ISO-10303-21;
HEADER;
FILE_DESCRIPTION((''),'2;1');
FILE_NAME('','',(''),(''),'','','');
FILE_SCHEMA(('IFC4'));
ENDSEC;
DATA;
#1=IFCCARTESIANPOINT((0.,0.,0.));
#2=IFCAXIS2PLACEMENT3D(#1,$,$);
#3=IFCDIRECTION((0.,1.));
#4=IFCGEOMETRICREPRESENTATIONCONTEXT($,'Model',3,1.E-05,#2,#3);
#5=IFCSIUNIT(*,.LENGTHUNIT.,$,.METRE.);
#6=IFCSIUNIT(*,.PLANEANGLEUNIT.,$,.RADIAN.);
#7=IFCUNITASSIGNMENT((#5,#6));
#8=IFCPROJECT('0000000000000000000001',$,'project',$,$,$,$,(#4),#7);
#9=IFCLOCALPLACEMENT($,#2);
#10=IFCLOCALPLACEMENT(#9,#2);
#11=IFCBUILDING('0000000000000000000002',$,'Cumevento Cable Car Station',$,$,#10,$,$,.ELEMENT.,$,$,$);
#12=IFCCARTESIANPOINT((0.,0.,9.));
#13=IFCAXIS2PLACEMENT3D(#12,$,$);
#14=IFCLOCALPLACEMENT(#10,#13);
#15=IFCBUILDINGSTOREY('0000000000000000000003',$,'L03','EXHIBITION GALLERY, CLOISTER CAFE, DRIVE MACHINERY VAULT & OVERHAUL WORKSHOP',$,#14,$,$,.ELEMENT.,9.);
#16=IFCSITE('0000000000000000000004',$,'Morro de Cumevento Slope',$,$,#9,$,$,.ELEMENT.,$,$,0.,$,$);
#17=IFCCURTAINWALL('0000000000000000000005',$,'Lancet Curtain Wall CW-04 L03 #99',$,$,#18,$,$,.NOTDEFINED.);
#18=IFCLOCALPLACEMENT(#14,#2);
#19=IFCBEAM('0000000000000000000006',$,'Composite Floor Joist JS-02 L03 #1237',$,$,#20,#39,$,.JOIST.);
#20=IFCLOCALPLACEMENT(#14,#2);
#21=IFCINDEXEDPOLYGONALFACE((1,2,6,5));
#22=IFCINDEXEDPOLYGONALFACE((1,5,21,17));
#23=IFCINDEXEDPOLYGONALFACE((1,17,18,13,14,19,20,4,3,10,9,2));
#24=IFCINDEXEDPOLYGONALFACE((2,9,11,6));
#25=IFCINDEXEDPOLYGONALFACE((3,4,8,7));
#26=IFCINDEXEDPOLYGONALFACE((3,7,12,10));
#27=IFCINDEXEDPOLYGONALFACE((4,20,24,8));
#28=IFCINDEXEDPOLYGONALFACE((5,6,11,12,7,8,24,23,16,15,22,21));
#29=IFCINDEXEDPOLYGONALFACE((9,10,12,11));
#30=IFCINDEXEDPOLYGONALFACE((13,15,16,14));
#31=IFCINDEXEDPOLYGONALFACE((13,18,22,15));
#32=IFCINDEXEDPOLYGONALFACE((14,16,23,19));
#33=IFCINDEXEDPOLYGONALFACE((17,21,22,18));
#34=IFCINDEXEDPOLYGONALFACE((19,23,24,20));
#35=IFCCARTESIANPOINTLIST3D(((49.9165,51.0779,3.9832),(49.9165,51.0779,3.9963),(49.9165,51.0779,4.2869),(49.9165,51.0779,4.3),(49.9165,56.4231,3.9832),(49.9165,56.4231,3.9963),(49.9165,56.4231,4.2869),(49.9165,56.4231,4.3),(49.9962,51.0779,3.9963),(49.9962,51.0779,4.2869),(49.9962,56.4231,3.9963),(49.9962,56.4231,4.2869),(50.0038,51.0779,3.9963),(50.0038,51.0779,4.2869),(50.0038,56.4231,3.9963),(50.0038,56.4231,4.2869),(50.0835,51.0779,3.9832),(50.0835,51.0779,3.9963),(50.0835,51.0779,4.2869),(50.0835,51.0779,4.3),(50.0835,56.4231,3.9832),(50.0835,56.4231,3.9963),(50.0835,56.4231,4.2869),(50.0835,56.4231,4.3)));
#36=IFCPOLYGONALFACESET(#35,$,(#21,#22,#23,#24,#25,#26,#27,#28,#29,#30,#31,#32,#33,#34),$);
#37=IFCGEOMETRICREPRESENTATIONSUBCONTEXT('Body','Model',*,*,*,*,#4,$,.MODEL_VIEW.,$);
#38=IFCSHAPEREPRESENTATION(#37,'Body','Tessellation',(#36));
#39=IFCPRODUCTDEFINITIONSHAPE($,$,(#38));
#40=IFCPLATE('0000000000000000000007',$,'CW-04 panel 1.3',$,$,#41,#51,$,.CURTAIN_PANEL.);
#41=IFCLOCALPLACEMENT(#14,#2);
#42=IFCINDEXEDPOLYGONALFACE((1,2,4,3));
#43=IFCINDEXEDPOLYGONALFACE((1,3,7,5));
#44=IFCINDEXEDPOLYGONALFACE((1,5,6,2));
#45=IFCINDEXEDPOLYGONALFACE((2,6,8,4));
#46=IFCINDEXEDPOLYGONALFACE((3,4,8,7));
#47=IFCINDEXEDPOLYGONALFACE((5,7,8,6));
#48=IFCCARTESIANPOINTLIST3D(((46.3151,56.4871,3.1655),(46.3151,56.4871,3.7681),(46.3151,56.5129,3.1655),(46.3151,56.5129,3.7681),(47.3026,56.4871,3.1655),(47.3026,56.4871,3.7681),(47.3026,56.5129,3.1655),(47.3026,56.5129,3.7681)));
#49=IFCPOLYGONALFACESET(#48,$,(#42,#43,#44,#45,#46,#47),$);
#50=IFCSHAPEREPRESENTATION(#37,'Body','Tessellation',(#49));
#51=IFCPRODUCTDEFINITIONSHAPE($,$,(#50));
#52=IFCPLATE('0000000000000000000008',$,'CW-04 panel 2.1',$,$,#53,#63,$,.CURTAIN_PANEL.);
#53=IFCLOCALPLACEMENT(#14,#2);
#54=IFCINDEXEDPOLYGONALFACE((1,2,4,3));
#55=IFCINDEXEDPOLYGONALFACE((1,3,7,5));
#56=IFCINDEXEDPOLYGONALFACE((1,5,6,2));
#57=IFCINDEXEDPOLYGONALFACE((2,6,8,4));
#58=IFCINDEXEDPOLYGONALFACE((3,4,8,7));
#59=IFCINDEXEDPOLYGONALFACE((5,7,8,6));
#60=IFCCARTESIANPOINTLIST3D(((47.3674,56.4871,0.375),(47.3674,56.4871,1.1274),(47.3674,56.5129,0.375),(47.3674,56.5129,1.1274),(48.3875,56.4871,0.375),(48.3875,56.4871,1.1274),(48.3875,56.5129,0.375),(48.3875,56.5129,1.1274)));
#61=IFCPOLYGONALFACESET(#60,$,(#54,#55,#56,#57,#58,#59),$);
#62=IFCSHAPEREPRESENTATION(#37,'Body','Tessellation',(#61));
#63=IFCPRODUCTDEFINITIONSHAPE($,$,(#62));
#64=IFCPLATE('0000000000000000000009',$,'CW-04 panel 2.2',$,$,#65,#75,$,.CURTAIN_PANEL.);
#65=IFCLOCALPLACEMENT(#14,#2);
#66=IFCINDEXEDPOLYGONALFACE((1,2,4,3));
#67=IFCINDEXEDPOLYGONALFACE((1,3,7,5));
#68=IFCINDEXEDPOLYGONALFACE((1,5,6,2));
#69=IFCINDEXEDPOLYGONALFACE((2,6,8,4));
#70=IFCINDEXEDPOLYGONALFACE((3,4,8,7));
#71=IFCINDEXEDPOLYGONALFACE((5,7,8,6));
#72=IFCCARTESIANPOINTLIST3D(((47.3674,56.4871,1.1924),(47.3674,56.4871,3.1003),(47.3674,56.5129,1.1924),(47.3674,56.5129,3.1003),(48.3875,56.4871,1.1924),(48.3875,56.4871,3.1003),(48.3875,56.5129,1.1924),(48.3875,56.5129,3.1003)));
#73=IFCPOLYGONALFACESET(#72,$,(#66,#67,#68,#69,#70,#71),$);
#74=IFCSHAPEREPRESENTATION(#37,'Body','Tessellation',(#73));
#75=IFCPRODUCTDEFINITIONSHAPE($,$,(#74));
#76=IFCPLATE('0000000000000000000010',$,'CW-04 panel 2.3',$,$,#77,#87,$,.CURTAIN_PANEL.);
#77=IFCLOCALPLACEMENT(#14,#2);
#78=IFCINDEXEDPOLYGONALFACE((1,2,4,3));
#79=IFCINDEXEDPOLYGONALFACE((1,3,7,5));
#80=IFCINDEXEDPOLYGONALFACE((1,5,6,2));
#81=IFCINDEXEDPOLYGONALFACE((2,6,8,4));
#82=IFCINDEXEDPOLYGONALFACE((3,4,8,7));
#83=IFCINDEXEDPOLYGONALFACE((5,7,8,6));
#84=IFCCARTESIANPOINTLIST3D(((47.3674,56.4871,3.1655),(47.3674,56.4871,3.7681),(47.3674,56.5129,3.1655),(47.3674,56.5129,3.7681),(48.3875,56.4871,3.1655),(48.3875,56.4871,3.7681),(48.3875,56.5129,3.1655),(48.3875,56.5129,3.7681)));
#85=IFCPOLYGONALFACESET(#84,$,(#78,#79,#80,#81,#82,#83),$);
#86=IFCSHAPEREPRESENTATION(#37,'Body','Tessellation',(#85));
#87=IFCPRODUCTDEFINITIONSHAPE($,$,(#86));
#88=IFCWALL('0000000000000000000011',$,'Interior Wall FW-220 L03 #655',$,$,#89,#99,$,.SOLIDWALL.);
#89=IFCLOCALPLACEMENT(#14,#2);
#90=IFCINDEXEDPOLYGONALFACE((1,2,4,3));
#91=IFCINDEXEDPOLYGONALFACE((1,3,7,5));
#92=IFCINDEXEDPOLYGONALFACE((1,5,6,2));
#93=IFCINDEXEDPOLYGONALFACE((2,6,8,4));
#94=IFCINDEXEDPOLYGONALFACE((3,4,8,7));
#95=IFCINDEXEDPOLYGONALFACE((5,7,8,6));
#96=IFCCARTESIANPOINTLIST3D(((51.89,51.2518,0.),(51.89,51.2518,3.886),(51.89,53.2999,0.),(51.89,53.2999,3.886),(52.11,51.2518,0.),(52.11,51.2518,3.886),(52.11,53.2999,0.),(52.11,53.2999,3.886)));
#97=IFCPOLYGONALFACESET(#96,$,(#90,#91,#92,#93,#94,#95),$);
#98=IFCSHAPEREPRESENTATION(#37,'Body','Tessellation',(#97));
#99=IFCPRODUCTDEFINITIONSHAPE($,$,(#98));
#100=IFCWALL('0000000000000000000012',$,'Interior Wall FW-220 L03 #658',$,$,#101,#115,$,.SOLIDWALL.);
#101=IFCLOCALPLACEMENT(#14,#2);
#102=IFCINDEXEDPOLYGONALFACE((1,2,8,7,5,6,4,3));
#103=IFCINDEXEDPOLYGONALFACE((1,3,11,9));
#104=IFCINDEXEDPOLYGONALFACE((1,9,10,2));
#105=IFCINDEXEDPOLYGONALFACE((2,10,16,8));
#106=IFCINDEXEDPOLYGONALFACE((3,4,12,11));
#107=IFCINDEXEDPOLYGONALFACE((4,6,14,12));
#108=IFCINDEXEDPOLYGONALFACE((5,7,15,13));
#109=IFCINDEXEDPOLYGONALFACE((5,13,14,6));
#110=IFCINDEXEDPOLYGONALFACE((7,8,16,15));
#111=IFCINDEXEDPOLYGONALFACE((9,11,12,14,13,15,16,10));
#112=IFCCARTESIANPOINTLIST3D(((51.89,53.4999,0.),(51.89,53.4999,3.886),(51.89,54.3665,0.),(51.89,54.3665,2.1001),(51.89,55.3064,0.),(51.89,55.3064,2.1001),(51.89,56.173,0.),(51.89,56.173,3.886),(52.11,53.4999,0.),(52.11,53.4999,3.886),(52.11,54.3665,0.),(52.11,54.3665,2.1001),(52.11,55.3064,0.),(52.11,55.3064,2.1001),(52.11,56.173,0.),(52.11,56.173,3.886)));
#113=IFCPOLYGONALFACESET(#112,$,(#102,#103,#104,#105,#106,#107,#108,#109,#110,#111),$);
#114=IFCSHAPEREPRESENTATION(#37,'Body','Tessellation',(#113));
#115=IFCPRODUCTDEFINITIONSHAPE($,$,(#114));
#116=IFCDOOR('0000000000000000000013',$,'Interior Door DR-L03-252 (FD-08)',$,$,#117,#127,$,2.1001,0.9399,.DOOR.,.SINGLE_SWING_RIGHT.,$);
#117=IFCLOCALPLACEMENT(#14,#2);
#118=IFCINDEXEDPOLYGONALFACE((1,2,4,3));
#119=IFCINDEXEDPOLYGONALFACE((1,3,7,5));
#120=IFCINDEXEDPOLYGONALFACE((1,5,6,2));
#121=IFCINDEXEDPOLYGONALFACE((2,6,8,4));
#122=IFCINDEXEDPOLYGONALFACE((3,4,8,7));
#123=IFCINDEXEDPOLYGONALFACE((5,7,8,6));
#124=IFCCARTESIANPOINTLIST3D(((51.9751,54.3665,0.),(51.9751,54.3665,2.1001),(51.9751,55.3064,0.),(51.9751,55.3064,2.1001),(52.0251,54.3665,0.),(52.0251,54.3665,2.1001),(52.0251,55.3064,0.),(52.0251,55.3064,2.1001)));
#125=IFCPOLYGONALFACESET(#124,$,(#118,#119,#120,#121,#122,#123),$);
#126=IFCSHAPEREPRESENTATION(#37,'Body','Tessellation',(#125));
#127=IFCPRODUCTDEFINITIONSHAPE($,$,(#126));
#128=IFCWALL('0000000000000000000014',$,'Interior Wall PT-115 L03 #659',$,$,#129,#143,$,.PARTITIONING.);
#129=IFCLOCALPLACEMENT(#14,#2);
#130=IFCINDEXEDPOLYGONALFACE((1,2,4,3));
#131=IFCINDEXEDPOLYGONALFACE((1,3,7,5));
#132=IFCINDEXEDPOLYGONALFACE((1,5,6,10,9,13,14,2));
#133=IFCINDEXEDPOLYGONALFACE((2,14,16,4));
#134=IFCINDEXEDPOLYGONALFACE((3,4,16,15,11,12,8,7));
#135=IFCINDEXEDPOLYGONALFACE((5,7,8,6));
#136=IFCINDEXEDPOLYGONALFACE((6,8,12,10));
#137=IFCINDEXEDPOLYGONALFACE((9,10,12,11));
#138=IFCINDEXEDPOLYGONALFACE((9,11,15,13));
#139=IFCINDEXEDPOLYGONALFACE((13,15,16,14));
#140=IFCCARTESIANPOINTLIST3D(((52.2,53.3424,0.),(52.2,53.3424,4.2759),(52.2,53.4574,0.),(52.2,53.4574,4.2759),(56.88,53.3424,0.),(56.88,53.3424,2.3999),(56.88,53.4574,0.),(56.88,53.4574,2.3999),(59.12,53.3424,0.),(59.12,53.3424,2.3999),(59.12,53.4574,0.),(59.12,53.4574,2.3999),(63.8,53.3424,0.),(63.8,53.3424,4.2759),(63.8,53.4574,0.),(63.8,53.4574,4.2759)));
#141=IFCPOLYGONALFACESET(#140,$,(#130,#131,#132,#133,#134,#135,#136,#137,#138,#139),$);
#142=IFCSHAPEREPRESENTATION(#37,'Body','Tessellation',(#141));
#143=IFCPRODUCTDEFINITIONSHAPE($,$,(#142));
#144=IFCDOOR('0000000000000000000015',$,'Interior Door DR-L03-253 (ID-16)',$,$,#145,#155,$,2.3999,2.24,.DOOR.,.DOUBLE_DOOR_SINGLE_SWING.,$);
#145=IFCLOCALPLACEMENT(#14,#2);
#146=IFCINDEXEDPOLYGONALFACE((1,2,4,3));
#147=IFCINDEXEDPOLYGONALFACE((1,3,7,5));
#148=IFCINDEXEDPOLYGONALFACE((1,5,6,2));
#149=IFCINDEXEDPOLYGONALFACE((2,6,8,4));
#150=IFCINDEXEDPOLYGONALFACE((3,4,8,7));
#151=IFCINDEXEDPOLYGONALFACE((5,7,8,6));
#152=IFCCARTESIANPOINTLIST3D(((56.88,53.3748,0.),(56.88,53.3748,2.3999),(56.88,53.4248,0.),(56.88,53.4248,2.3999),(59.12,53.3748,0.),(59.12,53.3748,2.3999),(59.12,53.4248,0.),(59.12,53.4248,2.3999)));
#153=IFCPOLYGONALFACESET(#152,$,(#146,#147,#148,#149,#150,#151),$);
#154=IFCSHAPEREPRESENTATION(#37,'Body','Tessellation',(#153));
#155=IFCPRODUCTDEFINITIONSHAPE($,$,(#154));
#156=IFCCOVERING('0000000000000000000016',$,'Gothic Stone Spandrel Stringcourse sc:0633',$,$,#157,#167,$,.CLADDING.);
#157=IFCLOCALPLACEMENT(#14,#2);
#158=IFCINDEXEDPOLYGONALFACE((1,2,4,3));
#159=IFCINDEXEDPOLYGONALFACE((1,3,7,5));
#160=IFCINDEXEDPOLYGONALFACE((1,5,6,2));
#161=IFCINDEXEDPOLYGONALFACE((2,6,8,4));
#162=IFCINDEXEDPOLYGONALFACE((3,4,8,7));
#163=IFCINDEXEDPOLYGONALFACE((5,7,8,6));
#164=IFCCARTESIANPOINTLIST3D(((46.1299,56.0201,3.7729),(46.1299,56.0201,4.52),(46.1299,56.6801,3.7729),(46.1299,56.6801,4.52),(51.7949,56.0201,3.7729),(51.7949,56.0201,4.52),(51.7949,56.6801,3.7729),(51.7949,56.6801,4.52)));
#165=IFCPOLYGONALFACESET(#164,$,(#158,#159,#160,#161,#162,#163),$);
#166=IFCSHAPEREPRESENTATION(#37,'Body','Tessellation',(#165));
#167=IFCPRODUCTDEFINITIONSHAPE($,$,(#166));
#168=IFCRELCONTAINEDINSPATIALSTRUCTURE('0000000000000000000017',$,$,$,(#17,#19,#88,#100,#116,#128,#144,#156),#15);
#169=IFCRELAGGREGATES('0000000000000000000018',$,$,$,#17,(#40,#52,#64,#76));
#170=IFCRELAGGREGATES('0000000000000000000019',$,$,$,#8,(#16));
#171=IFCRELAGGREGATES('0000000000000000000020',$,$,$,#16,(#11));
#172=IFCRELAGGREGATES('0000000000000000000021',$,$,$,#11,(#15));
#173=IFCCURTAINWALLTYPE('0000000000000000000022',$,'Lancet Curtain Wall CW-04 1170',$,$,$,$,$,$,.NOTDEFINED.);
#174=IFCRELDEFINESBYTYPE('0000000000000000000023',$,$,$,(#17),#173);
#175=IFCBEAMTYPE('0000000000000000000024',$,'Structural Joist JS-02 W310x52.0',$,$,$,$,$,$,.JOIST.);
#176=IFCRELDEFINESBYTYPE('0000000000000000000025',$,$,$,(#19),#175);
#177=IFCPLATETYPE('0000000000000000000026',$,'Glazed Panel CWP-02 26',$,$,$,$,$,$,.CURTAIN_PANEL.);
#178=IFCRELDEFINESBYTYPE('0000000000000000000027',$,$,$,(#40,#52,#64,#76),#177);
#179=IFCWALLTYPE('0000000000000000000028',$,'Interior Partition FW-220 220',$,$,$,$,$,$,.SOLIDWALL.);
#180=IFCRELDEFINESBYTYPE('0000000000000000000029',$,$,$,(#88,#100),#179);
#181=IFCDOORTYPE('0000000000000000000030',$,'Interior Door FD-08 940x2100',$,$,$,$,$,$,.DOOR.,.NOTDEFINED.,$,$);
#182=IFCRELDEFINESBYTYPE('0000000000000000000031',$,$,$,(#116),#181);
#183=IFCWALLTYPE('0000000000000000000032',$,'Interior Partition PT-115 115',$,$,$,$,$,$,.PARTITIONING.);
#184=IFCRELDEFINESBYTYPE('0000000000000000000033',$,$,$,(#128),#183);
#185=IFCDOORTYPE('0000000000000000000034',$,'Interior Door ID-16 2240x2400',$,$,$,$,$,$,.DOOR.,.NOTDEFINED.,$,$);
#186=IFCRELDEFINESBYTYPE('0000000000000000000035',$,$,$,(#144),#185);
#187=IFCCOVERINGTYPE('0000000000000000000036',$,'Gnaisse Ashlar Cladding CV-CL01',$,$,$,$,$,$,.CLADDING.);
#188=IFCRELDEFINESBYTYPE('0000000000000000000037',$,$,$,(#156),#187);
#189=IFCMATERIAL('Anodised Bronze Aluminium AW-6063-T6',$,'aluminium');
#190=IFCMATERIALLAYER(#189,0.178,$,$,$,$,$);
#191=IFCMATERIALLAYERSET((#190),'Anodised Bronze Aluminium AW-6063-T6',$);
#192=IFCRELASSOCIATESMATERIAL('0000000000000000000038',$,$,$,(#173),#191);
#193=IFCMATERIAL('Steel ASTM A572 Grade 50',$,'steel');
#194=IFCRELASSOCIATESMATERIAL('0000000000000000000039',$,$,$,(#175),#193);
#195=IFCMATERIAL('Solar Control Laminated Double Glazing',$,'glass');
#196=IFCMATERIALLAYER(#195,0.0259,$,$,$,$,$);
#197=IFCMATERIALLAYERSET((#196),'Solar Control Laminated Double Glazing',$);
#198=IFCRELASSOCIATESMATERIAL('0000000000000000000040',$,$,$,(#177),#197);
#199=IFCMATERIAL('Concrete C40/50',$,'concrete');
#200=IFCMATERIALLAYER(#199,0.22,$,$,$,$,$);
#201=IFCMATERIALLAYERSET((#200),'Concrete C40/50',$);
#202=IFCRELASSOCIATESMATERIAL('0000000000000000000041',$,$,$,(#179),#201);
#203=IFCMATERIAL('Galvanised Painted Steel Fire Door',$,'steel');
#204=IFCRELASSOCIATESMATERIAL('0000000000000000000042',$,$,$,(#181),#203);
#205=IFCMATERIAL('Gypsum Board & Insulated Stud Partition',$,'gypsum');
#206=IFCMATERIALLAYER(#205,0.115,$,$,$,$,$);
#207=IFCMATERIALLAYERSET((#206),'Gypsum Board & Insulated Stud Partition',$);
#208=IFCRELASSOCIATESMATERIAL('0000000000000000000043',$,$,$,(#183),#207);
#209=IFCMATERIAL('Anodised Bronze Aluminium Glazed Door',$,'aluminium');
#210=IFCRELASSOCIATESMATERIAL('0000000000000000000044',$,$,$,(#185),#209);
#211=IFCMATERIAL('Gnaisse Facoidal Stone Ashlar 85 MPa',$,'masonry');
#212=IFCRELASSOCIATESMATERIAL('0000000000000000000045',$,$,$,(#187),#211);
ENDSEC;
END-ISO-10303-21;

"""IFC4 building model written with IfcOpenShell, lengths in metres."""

from ifc_helpers import new_model, si_unit, direction, frame, frame_2d, origin, origin_2d, place, context, subcontext, project, spatial, rectangle, i_section, extrude, material, layer, layer_set, material_profile, profile_set, type_object, element, fill, aggregate, save


model = new_model("IFC4")

# Units and contexts
model_context = context("Model", 3, precision=1e-05, world=origin(), true_north=direction((0.0, 1.0)))
body_context = subcontext(model_context, "Body", "Model", "MODEL_VIEW")
ifc_project = project(units=[si_unit("LENGTHUNIT", "METRE"), si_unit("PLANEANGLEUNIT", "RADIAN")], contexts=[model_context])

# Site, building, storey
site_placement = place(None, origin())
site = spatial("IfcSite", under=ifc_project, at=site_placement, Name="Morro de Cumevento Slope", CompositionType="ELEMENT", RefElevation=0.0)
building_placement = place(site_placement, origin())
building = spatial("IfcBuilding", under=site, at=building_placement, Name="Cumevento Cable Car Station", CompositionType="ELEMENT")
storey_placement = place(building_placement, frame((0.0, 0.0, 9.0)))
storey = spatial("IfcBuildingStorey", under=building, at=storey_placement, Name="L03", Description="EXHIBITION GALLERY, CLOISTER CAFE, DRIVE MACHINERY VAULT & OVERHAUL WORKSHOP", CompositionType="ELEMENT", Elevation=9.0)

# Curtain wall
ifc_material_1 = material(Name="Anodised Bronze Aluminium AW-6063-T6", Category="aluminium")
ifc_layer_1 = layer(ifc_material_1, 0.178)
ifc_layer_set_1 = layer_set([ifc_layer_1], Name="Anodised Bronze Aluminium AW-6063-T6")
curtain_wall_type = type_object("IfcCurtainWallType", Name="Lancet Curtain Wall CW-04 1170", PredefinedType="NOTDEFINED", material=ifc_layer_set_1)
curtain_wall_placement = place(storey_placement, origin())
curtain_wall = element("IfcCurtainWall", 1, at=curtain_wall_placement, inside=storey, type_object=curtain_wall_type, Name="Lancet Curtain Wall CW-04 L03 #99", PredefinedType="NOTDEFINED")

# Beam
ifc_material_2 = material(Name="Steel ASTM A572 Grade 50", Category="steel")
ifc_material_profile_1 = material_profile(ifc_material_2, i_section(OverallWidth=0.167, OverallDepth=0.3169, WebThickness=0.0076, FlangeThickness=0.0132, at=origin_2d()), Name="W310x52.0")
ifc_profile_set_1 = profile_set([ifc_material_profile_1], Name="Steel ASTM A572 Grade 50")
beam_type_1 = type_object("IfcBeamType", Name="Structural Joist JS-02 W310x52.0", PredefinedType="JOIST", material=ifc_profile_set_1)
for number, where, z_axis, x_axis, name in (
    (2, (50.0, 51.0779, 4.1416), (0.0, 1.0, 0.0), (-1.0, 0.0, 0.0), "Composite Floor Joist JS-02 L03 #1237"),
):
    element("IfcBeam", number, at=place(storey_placement, frame(where, z_axis=z_axis, x_axis=x_axis)), inside=storey, type_object=beam_type_1, Name=name, PredefinedType="JOIST", context=body_context, shape_type="SweptSolid", body=[
        extrude(i_section(OverallWidth=0.167, OverallDepth=0.3169, WebThickness=0.0076, FlangeThickness=0.0132, at=origin_2d()), origin(), (0.0, 0.0, 1.0), 5.3452),
    ])

# Plates
ifc_material_3 = material(Name="Solar Control Laminated Double Glazing", Category="glass")
ifc_layer_2 = layer(ifc_material_3, 0.0259)
ifc_layer_set_2 = layer_set([ifc_layer_2], Name="Solar Control Laminated Double Glazing")
plate_type = type_object("IfcPlateType", Name="Glazed Panel CWP-02 26", PredefinedType="CURTAIN_PANEL", material=ifc_layer_set_2)
plate_1_placement = place(storey_placement, frame((46.8088, 56.5, 3.1655), z_axis=(0.0, 0.0, 1.0), x_axis=(1.0, 0.0, 0.0)))
plate_1 = element("IfcPlate", 3, at=plate_1_placement, type_object=plate_type, Name="CW-04 panel 1.3", PredefinedType="CURTAIN_PANEL", context=body_context, shape_type="SweptSolid", body=[
    extrude(rectangle(XDim=0.9875, YDim=0.0259, at=origin_2d()), origin(), (0.0, 0.0, 1.0), 0.6025),
])
plate_2_placement = place(storey_placement, frame((47.8774, 56.5, 0.375), z_axis=(0.0, 0.0, 1.0), x_axis=(1.0, 0.0, 0.0)))
plate_2 = element("IfcPlate", 4, at=plate_2_placement, type_object=plate_type, Name="CW-04 panel 2.1", PredefinedType="CURTAIN_PANEL", context=body_context, shape_type="SweptSolid", body=[
    extrude(rectangle(XDim=1.02, YDim=0.0259, at=origin_2d()), origin(), (0.0, 0.0, 1.0), 0.7524),
])
plate_3_placement = place(storey_placement, frame((47.8774, 56.5, 1.1924), z_axis=(0.0, 0.0, 1.0), x_axis=(1.0, 0.0, 0.0)))
plate_3 = element("IfcPlate", 5, at=plate_3_placement, type_object=plate_type, Name="CW-04 panel 2.2", PredefinedType="CURTAIN_PANEL", context=body_context, shape_type="SweptSolid", body=[
    extrude(rectangle(XDim=1.02, YDim=0.0259, at=origin_2d()), origin(), (0.0, 0.0, 1.0), 1.908),
])
plate_4_placement = place(storey_placement, frame((47.8774, 56.5, 3.1655), z_axis=(0.0, 0.0, 1.0), x_axis=(1.0, 0.0, 0.0)))
plate_4 = element("IfcPlate", 6, at=plate_4_placement, type_object=plate_type, Name="CW-04 panel 2.3", PredefinedType="CURTAIN_PANEL", context=body_context, shape_type="SweptSolid", body=[
    extrude(rectangle(XDim=1.02, YDim=0.0259, at=origin_2d()), origin(), (0.0, 0.0, 1.0), 0.6025),
])
aggregate(curtain_wall, [plate_1, plate_2, plate_3, plate_4])

# Wall
ifc_material_4 = material(Name="Concrete C40/50", Category="concrete")
ifc_layer_3 = layer(ifc_material_4, 0.22)
ifc_layer_set_3 = layer_set([ifc_layer_3], Name="Concrete C40/50")
wall_type_1 = type_object("IfcWallType", Name="Interior Partition FW-220 220", PredefinedType="SOLIDWALL", material=ifc_layer_set_3)
wall_1_placement = place(storey_placement, frame((52.0, 51.252, 0.0), z_axis=(0.0, 0.0, 1.0), x_axis=(0.0, 1.0, 0.0)))
element("IfcWall", 7, at=wall_1_placement, inside=storey, type_object=wall_type_1, Name="Interior Wall FW-220 L03 #655", PredefinedType="SOLIDWALL", context=body_context, shape_type="SweptSolid", body=[
    extrude(rectangle(XDim=2.0481, YDim=0.22, at=frame_2d((1.0239, 0.0))), origin(), (0.0, 0.0, 1.0), 3.886),
])

# Walls, openings, doors
wall_2_placement = place(storey_placement, frame((52.0, 53.5, 0.0), z_axis=(0.0, 0.0, 1.0), x_axis=(0.0, 1.0, 0.0)))
wall_2 = element("IfcWall", 8, at=wall_2_placement, inside=storey, type_object=wall_type_1, Name="Interior Wall FW-220 L03 #658", PredefinedType="SOLIDWALL", context=body_context, shape_type="SweptSolid", body=[
    extrude(rectangle(XDim=2.6731, YDim=0.22, at=frame_2d((1.3364, 0.0))), origin(), (0.0, 0.0, 1.0), 3.886),
])
opening_1_placement = place(wall_2_placement, frame((0.8665, 0.0, 0.0)))
opening_1 = element("IfcOpeningElement", 9, at=opening_1_placement, cuts=wall_2, PredefinedType="OPENING", context=body_context, shape_type="SweptSolid", body=[
    extrude(rectangle(XDim=0.9399, YDim=2.1001, at=frame_2d((0.47, 1.05))), frame((0.0, 0.1199, 0.0), z_axis=(0.0, -1.0, 0.0), x_axis=(1.0, 0.0, 0.0)), (0.0, 0.0, 1.0), 0.24),
])
ifc_material_5 = material(Name="Galvanised Painted Steel Fire Door", Category="steel")
door_type_1 = type_object("IfcDoorType", Name="Interior Door FD-08 940x2100", OperationType="NOTDEFINED", PredefinedType="DOOR", material=ifc_material_5)
door_1_placement = place(opening_1_placement, origin())
door_1 = element("IfcDoor", 10, at=door_1_placement, inside=storey, type_object=door_type_1, Name="Interior Door DR-L03-252 (FD-08)", OperationType="SINGLE_SWING_RIGHT", OverallHeight=2.1001, OverallWidth=0.9399, PredefinedType="DOOR", context=body_context, shape_type="SweptSolid", body=[
    extrude(rectangle(XDim=0.9399, YDim=2.1001, at=frame_2d((0.47, 1.05))), frame((0.0, 0.0249, 0.0), z_axis=(0.0, -1.0, 0.0), x_axis=(1.0, 0.0, 0.0)), (0.0, 0.0, 1.0), 0.05),
])
fill(opening_1, door_1)
ifc_material_6 = material(Name="Gypsum Board & Insulated Stud Partition", Category="gypsum")
ifc_layer_4 = layer(ifc_material_6, 0.115)
ifc_layer_set_4 = layer_set([ifc_layer_4], Name="Gypsum Board & Insulated Stud Partition")
wall_type_2 = type_object("IfcWallType", Name="Interior Partition PT-115 115", PredefinedType="PARTITIONING", material=ifc_layer_set_4)
wall_3_placement = place(storey_placement, frame((52.2, 53.3999, 0.0), z_axis=(0.0, 0.0, 1.0), x_axis=(1.0, 0.0, 0.0)))
wall_3 = element("IfcWall", 11, at=wall_3_placement, inside=storey, type_object=wall_type_2, Name="Interior Wall PT-115 L03 #659", PredefinedType="PARTITIONING", context=body_context, shape_type="SweptSolid", body=[
    extrude(rectangle(XDim=11.6001, YDim=0.115, at=frame_2d((5.8, 0.0))), origin(), (0.0, 0.0, 1.0), 4.2759),
])
opening_2_placement = place(wall_3_placement, frame((4.6799, 0.0, 0.0)))
opening_2 = element("IfcOpeningElement", 12, at=opening_2_placement, cuts=wall_3, PredefinedType="OPENING", context=body_context, shape_type="SweptSolid", body=[
    extrude(rectangle(XDim=2.24, YDim=2.3999, at=frame_2d((1.1201, 1.2))), frame((0.0, 0.0676, 0.0), z_axis=(0.0, -1.0, 0.0), x_axis=(1.0, 0.0, 0.0)), (0.0, 0.0, 1.0), 0.135),
])
ifc_material_7 = material(Name="Anodised Bronze Aluminium Glazed Door", Category="aluminium")
door_type_2 = type_object("IfcDoorType", Name="Interior Door ID-16 2240x2400", OperationType="NOTDEFINED", PredefinedType="DOOR", material=ifc_material_7)
door_2_placement = place(opening_2_placement, origin())
door_2 = element("IfcDoor", 13, at=door_2_placement, inside=storey, type_object=door_type_2, Name="Interior Door DR-L03-253 (ID-16)", OperationType="DOUBLE_DOOR_SINGLE_SWING", OverallHeight=2.3999, OverallWidth=2.24, PredefinedType="DOOR", context=body_context, shape_type="SweptSolid", body=[
    extrude(rectangle(XDim=2.24, YDim=2.3999, at=frame_2d((1.1201, 1.2))), frame((0.0, 0.0249, 0.0), z_axis=(0.0, -1.0, 0.0), x_axis=(1.0, 0.0, 0.0)), (0.0, 0.0, 1.0), 0.05),
])
fill(opening_2, door_2)

# Covering
ifc_material_8 = material(Name="Gnaisse Facoidal Stone Ashlar 85 MPa", Category="masonry")
covering_type = type_object("IfcCoveringType", Name="Gnaisse Ashlar Cladding CV-CL01", PredefinedType="CLADDING", material=ifc_material_8)
covering_1_placement = place(storey_placement, frame((48.9624, 56.3501, 3.7729), z_axis=(0.0, 0.0, 1.0), x_axis=(1.0, 0.0, 0.0)))
element("IfcCovering", 14, at=covering_1_placement, inside=storey, type_object=covering_type, Name="Gothic Stone Spandrel Stringcourse sc:0633", PredefinedType="CLADDING", context=body_context, shape_type="SweptSolid", body=[
    extrude(rectangle(XDim=5.665, YDim=0.6599, at=origin_2d()), origin(), (0.0, 0.0, 1.0), 0.7471),
])

save(model, "model.ifc")
